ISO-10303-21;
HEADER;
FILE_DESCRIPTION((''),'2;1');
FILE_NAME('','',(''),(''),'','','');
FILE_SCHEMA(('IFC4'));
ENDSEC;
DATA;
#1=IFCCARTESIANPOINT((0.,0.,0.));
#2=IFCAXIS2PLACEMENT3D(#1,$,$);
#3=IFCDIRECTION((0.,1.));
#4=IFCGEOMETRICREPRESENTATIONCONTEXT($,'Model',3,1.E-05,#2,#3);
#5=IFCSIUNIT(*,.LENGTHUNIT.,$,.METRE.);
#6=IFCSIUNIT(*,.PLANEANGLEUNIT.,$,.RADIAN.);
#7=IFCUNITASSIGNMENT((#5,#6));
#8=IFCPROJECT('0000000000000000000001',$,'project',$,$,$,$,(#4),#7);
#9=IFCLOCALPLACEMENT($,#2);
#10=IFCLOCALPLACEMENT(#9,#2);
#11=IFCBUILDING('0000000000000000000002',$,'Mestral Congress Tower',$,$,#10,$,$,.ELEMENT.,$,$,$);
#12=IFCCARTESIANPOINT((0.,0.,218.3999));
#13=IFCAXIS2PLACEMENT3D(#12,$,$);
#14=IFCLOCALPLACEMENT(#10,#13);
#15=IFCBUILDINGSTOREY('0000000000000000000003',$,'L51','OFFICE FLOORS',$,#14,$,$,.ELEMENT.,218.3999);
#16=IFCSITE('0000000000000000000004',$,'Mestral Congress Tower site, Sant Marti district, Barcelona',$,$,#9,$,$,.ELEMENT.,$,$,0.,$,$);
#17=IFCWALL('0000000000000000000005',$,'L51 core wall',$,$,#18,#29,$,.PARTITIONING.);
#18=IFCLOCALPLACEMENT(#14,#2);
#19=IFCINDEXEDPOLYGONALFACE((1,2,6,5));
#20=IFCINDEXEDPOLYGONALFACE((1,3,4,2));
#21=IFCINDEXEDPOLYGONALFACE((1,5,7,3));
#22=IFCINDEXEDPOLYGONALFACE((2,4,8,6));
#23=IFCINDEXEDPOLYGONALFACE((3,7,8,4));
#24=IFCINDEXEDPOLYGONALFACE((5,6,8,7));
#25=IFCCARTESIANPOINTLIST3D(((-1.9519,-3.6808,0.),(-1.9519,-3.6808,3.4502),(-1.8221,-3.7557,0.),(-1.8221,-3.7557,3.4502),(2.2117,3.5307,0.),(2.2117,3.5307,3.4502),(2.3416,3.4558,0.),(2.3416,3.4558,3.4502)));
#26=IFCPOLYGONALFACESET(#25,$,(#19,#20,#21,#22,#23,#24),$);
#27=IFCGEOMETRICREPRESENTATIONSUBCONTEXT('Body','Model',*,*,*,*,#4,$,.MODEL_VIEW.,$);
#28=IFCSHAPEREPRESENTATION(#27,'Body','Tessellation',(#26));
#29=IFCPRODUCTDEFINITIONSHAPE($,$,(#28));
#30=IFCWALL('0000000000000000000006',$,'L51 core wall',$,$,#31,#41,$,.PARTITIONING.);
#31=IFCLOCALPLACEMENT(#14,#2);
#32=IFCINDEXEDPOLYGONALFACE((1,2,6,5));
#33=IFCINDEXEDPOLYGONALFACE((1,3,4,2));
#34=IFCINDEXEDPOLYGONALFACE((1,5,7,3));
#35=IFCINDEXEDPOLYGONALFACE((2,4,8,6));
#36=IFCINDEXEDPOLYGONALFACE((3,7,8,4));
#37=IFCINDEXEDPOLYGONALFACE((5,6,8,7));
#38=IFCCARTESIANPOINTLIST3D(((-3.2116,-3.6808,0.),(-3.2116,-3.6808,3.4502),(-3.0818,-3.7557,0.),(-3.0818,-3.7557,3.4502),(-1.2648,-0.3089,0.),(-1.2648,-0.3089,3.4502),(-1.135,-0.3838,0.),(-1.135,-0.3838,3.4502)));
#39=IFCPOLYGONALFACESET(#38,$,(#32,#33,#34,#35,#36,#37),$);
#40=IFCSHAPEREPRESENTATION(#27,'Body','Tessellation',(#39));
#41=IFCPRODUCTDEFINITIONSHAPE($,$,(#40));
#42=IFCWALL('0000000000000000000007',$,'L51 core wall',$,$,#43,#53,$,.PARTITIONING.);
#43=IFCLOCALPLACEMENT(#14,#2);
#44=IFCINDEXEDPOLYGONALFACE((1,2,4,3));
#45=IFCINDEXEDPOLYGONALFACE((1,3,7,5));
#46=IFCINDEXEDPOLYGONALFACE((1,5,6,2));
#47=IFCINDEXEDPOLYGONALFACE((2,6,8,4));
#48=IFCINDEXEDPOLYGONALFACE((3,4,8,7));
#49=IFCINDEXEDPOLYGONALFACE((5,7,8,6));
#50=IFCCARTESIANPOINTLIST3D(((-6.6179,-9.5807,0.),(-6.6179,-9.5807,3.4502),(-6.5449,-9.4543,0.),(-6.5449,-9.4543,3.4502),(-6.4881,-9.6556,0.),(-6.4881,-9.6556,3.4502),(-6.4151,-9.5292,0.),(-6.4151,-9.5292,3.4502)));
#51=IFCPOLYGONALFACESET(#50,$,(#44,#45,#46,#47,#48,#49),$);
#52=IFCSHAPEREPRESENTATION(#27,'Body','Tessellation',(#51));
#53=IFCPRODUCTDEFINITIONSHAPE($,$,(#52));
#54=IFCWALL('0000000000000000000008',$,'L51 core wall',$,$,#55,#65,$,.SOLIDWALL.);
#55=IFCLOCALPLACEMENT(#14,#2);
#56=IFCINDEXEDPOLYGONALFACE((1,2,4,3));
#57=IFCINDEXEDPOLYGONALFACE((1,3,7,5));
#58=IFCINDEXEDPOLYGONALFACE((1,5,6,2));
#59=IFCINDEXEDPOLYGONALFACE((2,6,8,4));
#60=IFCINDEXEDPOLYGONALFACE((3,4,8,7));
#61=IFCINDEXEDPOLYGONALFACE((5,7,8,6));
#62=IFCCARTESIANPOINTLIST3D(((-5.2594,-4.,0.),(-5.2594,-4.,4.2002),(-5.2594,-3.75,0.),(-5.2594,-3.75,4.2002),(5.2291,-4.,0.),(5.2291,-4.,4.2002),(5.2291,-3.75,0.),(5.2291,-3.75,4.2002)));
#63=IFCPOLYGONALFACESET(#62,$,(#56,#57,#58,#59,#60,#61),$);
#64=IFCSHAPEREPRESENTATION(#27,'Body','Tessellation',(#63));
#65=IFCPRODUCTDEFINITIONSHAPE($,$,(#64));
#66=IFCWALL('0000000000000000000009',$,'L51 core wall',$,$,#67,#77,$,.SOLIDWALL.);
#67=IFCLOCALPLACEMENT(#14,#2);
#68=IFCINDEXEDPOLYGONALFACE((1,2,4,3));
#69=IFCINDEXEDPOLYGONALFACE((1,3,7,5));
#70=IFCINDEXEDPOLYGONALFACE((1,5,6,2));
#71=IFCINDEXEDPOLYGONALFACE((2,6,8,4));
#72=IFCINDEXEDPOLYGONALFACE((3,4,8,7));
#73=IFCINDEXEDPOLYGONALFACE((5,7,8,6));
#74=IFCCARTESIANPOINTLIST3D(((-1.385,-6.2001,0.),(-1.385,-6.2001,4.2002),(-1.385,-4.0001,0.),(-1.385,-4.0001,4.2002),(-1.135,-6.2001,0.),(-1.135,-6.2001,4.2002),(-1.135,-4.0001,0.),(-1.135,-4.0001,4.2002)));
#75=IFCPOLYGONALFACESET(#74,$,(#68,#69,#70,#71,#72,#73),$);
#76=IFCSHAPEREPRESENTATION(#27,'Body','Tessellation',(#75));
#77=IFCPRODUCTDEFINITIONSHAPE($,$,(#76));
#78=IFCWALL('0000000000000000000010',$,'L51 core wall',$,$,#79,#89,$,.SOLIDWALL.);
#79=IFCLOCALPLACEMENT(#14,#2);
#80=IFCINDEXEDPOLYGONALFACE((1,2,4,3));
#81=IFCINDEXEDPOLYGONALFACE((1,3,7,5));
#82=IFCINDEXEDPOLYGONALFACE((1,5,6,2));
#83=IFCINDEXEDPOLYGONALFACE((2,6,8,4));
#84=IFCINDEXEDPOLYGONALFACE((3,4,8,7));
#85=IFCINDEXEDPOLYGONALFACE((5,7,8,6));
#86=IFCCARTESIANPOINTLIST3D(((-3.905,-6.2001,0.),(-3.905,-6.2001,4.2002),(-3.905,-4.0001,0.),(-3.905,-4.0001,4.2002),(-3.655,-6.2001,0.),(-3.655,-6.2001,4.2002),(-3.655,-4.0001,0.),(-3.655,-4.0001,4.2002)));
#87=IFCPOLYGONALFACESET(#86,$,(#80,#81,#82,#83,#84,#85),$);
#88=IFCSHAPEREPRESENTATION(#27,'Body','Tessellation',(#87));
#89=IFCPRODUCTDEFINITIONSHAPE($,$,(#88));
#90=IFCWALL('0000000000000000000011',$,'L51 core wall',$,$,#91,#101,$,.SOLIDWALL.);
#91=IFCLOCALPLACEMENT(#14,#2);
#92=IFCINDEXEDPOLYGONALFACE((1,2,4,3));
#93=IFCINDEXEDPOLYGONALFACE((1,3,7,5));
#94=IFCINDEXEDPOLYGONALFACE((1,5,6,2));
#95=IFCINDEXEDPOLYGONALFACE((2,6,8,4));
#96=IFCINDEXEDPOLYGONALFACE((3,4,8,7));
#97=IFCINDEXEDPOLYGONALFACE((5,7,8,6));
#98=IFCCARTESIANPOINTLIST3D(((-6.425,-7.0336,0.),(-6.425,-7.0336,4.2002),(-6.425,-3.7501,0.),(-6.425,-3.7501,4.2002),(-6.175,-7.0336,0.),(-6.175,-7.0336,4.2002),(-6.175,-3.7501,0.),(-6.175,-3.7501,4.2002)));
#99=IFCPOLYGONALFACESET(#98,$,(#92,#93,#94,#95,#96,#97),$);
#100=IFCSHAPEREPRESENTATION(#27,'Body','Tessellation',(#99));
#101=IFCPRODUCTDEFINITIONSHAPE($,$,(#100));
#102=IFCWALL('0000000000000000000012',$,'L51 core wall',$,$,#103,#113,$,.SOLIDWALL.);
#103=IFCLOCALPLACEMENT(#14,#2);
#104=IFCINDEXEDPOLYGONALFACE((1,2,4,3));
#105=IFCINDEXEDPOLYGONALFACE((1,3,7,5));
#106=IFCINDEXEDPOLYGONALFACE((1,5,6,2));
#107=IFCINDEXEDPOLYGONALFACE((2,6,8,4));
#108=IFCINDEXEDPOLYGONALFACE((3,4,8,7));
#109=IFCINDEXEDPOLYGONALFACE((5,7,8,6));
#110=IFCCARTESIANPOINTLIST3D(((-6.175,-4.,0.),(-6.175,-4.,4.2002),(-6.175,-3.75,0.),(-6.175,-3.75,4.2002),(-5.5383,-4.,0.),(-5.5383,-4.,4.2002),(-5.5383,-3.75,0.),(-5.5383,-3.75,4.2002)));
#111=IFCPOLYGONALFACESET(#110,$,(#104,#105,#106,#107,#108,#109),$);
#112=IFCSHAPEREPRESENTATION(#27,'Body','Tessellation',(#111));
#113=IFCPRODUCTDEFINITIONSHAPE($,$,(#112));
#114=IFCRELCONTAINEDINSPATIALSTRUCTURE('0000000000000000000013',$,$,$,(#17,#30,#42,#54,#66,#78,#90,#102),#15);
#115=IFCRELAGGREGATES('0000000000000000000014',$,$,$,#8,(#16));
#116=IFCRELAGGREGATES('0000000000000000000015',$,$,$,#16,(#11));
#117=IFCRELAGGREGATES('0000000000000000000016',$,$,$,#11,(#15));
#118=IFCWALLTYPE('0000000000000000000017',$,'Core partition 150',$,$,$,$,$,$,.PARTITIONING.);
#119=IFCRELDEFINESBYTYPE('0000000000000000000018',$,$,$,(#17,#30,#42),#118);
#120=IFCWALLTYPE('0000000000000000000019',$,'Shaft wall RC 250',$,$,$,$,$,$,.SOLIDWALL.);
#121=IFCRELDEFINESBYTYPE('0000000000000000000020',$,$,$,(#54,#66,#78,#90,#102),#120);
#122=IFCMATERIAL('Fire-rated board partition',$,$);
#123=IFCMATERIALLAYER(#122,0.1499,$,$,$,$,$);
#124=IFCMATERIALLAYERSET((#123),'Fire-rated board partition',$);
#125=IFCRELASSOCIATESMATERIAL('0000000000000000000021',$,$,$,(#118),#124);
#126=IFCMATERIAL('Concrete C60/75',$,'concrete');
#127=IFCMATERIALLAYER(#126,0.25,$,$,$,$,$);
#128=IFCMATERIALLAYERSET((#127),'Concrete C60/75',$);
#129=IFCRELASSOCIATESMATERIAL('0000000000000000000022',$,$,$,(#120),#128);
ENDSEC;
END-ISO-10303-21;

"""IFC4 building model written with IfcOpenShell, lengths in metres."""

from ifc_helpers import new_model, si_unit, direction, frame, frame_2d, origin, place, context, subcontext, project, spatial, rectangle, extrude, material, layer, layer_set, type_object, element, save


model = new_model("IFC4")

# Units and contexts
model_context = context("Model", 3, precision=1e-05, world=origin(), true_north=direction((0.0, 1.0)))
body_context = subcontext(model_context, "Body", "Model", "MODEL_VIEW")
ifc_project = project(units=[si_unit("LENGTHUNIT", "METRE"), si_unit("PLANEANGLEUNIT", "RADIAN")], contexts=[model_context])

# Site, building, storey
site_placement = place(None, origin())
site = spatial("IfcSite", under=ifc_project, at=site_placement, Name="Mestral Congress Tower site, Sant Marti district, Barcelona", CompositionType="ELEMENT", RefElevation=0.0)
building_placement = place(site_placement, origin())
building = spatial("IfcBuilding", under=site, at=building_placement, Name="Mestral Congress Tower", CompositionType="ELEMENT")
storey_placement = place(building_placement, frame((0.0, 0.0, 218.3999)))
storey = spatial("IfcBuildingStorey", under=building, at=storey_placement, Name="L51", Description="OFFICE FLOORS", CompositionType="ELEMENT", Elevation=218.3999)

# Walls
ifc_material_1 = material(Name="Fire-rated board partition")
ifc_layer_1 = layer(ifc_material_1, 0.1499)
ifc_layer_set_1 = layer_set([ifc_layer_1], Name="Fire-rated board partition")
wall_type_1 = type_object("IfcWallType", Name="Core partition 150", PredefinedType="PARTITIONING", material=ifc_layer_set_1)
wall_1_placement = place(storey_placement, frame((-1.887, -3.7183, 0.0), z_axis=(0.0, 0.0, 1.0), x_axis=(0.500005, 0.866023, 0.0)))
element("IfcWall", 1, at=wall_1_placement, inside=storey, type_object=wall_type_1, Name="L51 core wall", PredefinedType="PARTITIONING", context=body_context, shape_type="SweptSolid", body=[
    extrude(rectangle(XDim=8.3271, YDim=0.1499, at=frame_2d((4.1636, 0.0))), origin(), (0.0, 0.0, 1.0), 3.4502),
])
wall_2_placement = place(storey_placement, frame((-3.1467, -3.7183, 0.0), z_axis=(0.0, 0.0, 1.0), x_axis=(0.50001, 0.86602, 0.0)))
element("IfcWall", 2, at=wall_2_placement, inside=storey, type_object=wall_type_1, Name="L51 core wall", PredefinedType="PARTITIONING", context=body_context, shape_type="SweptSolid", body=[
    extrude(rectangle(XDim=3.8936, YDim=0.1499, at=frame_2d((1.9468, 0.0))), origin(), (0.0, 0.0, 1.0), 3.4502),
])
wall_3_placement = place(storey_placement, frame((-6.553, -9.6182, 0.0), z_axis=(0.0, 0.0, 1.0), x_axis=(0.499915, 0.866074, 0.0)))
element("IfcWall", 3, at=wall_3_placement, inside=storey, type_object=wall_type_1, Name="L51 core wall", PredefinedType="PARTITIONING", context=body_context, shape_type="SweptSolid", body=[
    extrude(rectangle(XDim=0.146, YDim=0.1499, at=frame_2d((0.073, 0.0))), origin(), (0.0, 0.0, 1.0), 3.4502),
])
ifc_material_2 = material(Name="Concrete C60/75", Category="concrete")
ifc_layer_2 = layer(ifc_material_2, 0.25)
ifc_layer_set_2 = layer_set([ifc_layer_2], Name="Concrete C60/75")
wall_type_2 = type_object("IfcWallType", Name="Shaft wall RC 250", PredefinedType="SOLIDWALL", material=ifc_layer_set_2)
wall_4_placement = place(storey_placement, frame((-5.2593, -3.875, 0.0), z_axis=(0.0, 0.0, 1.0), x_axis=(1.0, 0.0, 0.0)))
element("IfcWall", 4, at=wall_4_placement, inside=storey, type_object=wall_type_2, Name="L51 core wall", PredefinedType="SOLIDWALL", context=body_context, shape_type="SweptSolid", body=[
    extrude(rectangle(XDim=10.4885, YDim=0.25, at=frame_2d((5.2441, 0.0))), origin(), (0.0, 0.0, 1.0), 4.2002),
])
for number, where, z_axis, x_axis, name in (
    (5, (-1.26, -4.0, 0.0), (0.0, 0.0, 1.0), (0.0, -1.0, 0.0), "L51 core wall"),
    (6, (-3.78, -4.0, 0.0), (0.0, 0.0, 1.0), (0.0, -1.0, 0.0), "L51 core wall"),
):
    element("IfcWall", number, at=place(storey_placement, frame(where, z_axis=z_axis, x_axis=x_axis)), inside=storey, type_object=wall_type_2, Name=name, PredefinedType="SOLIDWALL", context=body_context, shape_type="SweptSolid", body=[
        extrude(rectangle(XDim=2.2, YDim=0.25, at=frame_2d((1.1001, 0.0))), origin(), (0.0, 0.0, 1.0), 4.2002),
    ])
wall_5_placement = place(storey_placement, frame((-6.3, -7.0334, 0.0), z_axis=(0.0, 0.0, 1.0), x_axis=(0.0, 1.0, 0.0)))
element("IfcWall", 7, at=wall_5_placement, inside=storey, type_object=wall_type_2, Name="L51 core wall", PredefinedType="SOLIDWALL", context=body_context, shape_type="SweptSolid", body=[
    extrude(rectangle(XDim=3.2834, YDim=0.25, at=frame_2d((1.6416, 0.0))), origin(), (0.0, 0.0, 1.0), 4.2002),
])
wall_6_placement = place(storey_placement, frame((-6.175, -3.875, 0.0), z_axis=(0.0, 0.0, 1.0), x_axis=(1.0, 0.0, 0.0)))
element("IfcWall", 8, at=wall_6_placement, inside=storey, type_object=wall_type_2, Name="L51 core wall", PredefinedType="SOLIDWALL", context=body_context, shape_type="SweptSolid", body=[
    extrude(rectangle(XDim=0.6367, YDim=0.25, at=frame_2d((0.3184, 0.0))), origin(), (0.0, 0.0, 1.0), 4.2002),
])

save(model, "model.ifc")
